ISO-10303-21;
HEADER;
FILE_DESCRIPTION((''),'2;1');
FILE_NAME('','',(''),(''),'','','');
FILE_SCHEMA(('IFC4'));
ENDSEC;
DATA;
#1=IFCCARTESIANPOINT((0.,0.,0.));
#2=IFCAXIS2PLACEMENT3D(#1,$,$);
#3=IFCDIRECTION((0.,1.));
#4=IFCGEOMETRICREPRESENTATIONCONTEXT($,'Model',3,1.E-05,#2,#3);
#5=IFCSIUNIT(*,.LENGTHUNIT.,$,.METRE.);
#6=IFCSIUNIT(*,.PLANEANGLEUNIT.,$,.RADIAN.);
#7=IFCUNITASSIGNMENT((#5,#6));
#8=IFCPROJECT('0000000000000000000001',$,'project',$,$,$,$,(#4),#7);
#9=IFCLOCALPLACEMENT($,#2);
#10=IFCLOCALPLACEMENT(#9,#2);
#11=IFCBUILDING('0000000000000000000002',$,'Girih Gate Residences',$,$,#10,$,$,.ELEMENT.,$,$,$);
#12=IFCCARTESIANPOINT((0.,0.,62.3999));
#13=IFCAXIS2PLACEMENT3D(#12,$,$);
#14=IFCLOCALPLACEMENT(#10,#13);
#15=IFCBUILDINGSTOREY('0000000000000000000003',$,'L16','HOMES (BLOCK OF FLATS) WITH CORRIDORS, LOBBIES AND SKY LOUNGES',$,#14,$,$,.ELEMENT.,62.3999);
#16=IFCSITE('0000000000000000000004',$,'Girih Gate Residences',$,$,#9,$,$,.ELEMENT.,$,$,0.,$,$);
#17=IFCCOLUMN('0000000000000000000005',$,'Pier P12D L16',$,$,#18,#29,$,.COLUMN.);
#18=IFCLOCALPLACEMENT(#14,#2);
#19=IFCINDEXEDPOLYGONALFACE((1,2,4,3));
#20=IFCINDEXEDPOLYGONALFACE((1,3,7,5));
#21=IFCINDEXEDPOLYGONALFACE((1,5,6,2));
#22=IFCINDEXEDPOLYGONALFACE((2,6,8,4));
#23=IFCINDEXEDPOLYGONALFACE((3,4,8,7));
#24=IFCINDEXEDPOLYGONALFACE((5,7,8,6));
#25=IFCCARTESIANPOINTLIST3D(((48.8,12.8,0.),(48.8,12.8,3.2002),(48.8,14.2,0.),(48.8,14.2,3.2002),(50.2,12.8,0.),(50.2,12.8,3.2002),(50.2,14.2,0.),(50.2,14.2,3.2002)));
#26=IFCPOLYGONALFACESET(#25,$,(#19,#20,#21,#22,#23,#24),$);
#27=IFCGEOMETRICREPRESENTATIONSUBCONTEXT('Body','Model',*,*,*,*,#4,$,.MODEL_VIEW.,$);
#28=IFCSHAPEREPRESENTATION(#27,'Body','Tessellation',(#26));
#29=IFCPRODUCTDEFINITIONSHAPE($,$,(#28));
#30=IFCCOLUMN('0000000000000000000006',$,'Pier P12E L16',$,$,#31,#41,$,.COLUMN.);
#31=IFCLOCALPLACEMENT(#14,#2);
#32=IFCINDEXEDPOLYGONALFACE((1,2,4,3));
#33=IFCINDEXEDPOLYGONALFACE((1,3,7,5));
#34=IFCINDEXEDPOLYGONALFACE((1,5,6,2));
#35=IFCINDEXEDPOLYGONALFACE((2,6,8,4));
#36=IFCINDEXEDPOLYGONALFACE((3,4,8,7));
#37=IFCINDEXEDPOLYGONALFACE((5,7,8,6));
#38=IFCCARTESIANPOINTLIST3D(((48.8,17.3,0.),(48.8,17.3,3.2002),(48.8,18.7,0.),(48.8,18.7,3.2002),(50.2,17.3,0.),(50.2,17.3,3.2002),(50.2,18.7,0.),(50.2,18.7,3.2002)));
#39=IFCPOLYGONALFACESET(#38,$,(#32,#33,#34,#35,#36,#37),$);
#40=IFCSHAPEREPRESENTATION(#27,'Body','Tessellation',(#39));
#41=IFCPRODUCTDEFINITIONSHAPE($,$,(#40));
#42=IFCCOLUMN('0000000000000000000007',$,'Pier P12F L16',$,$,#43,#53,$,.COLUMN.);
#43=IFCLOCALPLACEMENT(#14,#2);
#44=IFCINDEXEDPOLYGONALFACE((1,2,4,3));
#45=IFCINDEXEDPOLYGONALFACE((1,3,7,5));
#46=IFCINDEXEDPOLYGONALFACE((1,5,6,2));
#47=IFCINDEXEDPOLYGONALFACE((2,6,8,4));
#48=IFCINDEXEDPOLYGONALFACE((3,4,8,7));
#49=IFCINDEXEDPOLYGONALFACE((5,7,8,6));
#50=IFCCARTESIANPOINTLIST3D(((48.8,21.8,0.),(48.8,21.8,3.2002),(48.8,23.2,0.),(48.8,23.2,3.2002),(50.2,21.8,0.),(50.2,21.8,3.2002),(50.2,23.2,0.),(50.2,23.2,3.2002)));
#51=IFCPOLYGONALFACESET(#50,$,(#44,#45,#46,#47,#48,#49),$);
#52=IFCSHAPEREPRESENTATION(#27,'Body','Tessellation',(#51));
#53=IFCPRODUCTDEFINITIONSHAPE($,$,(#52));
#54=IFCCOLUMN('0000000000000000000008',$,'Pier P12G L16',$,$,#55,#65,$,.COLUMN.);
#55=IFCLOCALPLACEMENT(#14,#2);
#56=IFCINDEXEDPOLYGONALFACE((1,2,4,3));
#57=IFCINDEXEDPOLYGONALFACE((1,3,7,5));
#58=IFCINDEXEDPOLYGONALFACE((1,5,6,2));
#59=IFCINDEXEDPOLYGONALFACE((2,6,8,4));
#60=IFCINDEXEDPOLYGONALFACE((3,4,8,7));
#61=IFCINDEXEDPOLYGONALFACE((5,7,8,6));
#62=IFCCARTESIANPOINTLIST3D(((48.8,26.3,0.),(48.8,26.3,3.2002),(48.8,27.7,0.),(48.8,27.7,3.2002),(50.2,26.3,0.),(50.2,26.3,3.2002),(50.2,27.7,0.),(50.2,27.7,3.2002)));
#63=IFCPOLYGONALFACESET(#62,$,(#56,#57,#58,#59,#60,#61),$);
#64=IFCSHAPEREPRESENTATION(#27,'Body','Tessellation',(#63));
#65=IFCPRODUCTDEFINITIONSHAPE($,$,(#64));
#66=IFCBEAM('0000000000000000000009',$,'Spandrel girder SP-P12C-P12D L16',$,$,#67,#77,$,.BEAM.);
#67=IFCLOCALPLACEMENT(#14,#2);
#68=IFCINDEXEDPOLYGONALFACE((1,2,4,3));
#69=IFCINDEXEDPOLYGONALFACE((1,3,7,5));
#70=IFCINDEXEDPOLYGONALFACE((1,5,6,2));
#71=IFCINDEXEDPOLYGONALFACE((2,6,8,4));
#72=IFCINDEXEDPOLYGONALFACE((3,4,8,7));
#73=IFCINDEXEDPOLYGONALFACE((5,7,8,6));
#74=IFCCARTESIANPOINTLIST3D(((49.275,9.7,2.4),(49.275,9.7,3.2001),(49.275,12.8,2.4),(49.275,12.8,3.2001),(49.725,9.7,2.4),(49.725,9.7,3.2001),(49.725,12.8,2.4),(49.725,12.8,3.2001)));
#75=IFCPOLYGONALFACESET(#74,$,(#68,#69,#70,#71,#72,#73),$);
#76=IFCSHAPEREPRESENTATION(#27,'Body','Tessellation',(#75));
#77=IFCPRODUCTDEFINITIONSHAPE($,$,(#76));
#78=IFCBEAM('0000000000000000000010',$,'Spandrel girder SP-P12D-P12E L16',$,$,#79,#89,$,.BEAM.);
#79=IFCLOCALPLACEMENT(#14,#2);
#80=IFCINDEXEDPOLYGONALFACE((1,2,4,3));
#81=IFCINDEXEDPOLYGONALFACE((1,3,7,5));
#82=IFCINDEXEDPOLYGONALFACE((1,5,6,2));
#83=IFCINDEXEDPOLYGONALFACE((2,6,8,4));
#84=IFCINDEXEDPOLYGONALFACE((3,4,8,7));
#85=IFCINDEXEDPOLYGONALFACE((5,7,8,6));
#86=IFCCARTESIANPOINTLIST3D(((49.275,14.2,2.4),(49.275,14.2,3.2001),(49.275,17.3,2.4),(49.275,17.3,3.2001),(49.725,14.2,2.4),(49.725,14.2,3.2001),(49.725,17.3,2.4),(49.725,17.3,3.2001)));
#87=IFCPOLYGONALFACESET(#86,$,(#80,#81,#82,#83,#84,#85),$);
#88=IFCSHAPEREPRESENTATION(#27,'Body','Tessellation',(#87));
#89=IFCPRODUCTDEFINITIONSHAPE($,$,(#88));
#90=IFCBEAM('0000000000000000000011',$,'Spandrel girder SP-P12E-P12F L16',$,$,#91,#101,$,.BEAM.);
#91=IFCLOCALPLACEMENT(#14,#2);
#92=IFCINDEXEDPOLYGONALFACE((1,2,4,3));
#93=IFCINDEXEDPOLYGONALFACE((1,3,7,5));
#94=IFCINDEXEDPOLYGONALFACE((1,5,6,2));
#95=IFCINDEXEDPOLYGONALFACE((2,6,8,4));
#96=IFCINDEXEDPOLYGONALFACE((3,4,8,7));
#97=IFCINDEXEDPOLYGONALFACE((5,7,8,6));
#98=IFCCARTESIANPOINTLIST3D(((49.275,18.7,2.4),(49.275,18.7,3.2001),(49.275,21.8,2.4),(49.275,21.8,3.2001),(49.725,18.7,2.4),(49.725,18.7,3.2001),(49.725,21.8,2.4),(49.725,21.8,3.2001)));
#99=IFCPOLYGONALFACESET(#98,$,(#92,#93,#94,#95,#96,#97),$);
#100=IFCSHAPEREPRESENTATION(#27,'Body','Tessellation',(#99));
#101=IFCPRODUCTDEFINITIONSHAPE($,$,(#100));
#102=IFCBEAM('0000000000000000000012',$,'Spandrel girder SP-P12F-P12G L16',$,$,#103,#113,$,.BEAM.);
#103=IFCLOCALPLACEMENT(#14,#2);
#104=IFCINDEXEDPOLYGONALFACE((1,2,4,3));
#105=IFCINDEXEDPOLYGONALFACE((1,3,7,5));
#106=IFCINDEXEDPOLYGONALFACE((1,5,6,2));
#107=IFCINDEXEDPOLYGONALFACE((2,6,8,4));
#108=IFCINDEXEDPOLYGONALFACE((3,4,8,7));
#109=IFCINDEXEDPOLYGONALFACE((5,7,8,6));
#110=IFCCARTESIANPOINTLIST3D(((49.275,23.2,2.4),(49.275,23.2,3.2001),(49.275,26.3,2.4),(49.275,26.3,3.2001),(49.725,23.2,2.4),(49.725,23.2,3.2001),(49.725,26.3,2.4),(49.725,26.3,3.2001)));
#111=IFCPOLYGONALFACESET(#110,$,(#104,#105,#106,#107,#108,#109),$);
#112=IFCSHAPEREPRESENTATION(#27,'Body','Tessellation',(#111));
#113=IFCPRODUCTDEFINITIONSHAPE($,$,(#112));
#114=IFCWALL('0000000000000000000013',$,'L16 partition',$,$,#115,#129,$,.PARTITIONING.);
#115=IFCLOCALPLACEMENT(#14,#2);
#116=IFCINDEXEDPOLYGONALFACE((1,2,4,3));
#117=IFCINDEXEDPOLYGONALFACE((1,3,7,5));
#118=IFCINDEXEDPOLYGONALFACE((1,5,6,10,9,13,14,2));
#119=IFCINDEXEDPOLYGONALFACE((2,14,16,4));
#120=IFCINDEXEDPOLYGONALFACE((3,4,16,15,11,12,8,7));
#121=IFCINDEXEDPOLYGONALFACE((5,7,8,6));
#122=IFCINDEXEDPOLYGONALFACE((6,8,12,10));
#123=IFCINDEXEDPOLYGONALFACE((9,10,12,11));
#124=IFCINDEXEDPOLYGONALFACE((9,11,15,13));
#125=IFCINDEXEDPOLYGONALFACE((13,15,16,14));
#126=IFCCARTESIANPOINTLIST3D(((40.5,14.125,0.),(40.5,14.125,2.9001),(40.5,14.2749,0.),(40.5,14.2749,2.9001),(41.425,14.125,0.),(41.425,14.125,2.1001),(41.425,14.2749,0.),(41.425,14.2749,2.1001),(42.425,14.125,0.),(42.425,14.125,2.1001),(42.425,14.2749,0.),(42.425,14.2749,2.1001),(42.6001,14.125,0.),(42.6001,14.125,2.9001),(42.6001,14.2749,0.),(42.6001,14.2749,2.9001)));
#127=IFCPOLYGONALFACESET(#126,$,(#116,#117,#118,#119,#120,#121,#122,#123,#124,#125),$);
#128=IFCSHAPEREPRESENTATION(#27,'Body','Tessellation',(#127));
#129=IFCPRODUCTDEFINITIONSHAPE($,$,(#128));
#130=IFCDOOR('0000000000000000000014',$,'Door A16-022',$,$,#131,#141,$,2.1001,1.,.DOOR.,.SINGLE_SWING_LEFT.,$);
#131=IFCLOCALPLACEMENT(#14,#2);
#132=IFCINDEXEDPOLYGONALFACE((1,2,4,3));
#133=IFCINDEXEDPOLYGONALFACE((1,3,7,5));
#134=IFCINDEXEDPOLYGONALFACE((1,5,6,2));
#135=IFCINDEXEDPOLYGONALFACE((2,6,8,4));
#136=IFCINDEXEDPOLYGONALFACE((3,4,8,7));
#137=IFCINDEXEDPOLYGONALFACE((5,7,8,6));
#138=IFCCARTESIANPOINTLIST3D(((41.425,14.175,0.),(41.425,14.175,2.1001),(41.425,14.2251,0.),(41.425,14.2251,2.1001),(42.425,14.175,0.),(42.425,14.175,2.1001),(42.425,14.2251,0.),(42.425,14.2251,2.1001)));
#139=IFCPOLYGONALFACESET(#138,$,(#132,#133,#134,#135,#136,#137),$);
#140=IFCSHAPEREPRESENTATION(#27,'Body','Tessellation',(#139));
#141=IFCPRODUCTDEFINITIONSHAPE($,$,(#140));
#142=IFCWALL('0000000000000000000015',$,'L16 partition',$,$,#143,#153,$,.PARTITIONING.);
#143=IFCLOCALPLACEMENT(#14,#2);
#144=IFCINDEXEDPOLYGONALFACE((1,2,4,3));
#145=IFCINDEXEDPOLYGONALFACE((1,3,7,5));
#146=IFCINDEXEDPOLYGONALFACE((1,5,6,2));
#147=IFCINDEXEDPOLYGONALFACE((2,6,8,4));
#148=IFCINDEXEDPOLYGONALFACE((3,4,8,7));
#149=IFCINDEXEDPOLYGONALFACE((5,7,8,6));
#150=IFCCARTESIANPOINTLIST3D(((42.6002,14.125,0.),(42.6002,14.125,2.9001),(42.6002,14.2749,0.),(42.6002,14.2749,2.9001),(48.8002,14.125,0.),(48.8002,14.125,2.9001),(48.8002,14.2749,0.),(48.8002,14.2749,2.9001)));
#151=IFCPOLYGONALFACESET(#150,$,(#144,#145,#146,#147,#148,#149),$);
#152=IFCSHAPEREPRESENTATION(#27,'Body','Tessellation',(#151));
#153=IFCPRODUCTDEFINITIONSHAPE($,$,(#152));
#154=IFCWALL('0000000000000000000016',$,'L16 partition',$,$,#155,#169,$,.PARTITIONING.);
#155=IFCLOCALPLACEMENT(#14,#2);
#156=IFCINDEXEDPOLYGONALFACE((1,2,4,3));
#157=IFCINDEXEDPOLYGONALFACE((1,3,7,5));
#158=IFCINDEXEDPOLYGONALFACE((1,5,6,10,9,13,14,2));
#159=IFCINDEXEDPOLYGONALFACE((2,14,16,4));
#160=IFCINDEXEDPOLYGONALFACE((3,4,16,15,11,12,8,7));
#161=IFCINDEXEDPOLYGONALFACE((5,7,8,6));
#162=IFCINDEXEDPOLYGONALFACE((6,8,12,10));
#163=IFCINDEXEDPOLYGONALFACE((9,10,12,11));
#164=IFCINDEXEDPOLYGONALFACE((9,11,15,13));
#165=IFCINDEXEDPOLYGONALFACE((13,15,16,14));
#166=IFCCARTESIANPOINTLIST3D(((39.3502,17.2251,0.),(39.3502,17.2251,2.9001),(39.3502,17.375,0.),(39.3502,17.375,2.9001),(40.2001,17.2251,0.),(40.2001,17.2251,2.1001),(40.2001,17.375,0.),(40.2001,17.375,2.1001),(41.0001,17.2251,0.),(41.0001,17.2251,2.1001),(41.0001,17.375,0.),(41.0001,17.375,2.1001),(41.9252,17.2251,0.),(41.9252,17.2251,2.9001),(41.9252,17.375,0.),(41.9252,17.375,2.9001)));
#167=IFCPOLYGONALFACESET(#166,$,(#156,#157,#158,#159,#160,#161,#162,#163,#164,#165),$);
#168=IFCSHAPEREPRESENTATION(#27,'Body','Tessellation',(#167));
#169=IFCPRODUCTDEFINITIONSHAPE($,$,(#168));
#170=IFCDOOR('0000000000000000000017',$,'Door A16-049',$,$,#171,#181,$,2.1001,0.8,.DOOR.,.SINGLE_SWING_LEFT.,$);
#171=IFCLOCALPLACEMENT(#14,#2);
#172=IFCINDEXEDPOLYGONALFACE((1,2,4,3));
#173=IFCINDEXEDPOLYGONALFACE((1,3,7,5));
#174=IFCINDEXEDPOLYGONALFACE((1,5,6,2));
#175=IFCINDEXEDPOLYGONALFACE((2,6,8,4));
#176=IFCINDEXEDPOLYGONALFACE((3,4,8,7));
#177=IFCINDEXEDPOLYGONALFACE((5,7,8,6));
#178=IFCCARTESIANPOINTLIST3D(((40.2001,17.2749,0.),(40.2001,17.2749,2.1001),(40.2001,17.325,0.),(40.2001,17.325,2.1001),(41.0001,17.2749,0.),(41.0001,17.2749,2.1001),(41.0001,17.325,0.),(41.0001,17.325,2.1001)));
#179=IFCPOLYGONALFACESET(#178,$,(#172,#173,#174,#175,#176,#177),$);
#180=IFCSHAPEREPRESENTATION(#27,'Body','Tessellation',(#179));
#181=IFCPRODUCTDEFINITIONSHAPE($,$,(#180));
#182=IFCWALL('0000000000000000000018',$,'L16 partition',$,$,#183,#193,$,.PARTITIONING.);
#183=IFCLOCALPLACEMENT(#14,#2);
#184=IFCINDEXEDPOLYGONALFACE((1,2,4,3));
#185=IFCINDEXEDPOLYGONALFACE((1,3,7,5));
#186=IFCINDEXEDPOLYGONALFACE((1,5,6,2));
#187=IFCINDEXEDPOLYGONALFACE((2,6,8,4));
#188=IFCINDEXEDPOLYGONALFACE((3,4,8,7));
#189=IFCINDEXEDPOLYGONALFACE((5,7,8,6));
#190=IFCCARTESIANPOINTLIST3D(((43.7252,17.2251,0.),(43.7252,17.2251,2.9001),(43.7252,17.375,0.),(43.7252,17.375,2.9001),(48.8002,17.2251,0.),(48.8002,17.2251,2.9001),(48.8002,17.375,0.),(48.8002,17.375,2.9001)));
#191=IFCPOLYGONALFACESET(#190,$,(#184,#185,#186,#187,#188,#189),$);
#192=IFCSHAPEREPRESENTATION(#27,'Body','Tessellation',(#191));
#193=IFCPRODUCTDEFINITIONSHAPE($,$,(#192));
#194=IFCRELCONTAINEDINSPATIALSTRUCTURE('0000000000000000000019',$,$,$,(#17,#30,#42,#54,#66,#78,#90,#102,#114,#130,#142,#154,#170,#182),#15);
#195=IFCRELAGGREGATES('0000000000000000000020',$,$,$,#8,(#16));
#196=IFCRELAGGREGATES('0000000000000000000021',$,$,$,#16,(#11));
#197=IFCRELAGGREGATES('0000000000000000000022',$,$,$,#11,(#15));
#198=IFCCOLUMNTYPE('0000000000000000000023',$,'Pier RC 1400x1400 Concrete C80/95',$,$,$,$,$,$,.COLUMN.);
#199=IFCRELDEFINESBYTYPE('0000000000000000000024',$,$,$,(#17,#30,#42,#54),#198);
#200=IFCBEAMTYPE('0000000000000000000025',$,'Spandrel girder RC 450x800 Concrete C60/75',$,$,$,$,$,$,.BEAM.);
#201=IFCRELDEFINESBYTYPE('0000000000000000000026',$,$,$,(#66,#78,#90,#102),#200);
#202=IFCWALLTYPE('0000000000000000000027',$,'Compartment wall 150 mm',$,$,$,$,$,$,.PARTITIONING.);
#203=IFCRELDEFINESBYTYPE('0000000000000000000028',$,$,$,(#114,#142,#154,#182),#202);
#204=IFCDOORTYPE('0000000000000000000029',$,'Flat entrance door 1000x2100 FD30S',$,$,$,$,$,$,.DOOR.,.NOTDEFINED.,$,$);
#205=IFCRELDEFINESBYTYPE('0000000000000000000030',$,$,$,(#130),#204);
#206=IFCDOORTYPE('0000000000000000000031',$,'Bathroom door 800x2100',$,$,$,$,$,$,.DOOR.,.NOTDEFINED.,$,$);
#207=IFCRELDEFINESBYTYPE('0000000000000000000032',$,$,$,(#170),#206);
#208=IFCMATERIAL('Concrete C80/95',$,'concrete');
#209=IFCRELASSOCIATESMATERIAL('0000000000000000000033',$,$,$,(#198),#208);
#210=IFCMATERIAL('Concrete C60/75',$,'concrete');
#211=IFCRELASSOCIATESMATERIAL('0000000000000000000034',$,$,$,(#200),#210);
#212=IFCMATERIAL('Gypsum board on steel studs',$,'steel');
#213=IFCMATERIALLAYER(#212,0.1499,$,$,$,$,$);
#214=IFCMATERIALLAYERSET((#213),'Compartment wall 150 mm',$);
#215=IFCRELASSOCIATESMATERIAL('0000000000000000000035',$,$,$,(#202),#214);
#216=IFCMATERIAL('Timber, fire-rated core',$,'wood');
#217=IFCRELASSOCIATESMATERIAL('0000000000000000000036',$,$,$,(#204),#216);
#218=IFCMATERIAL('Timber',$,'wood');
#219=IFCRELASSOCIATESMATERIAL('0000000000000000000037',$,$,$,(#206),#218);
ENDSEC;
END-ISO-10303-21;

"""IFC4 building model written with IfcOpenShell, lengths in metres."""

from ifc_helpers import new_model, si_unit, direction, frame, frame_2d, origin, origin_2d, place, context, subcontext, project, spatial, rectangle, extrude, material, layer, layer_set, material_profile, profile_set, type_object, element, fill, save


model = new_model("IFC4")

# Units and contexts
model_context = context("Model", 3, precision=1e-05, world=origin(), true_north=direction((0.0, 1.0)))
body_context = subcontext(model_context, "Body", "Model", "MODEL_VIEW")
ifc_project = project(units=[si_unit("LENGTHUNIT", "METRE"), si_unit("PLANEANGLEUNIT", "RADIAN")], contexts=[model_context])

# Site, building, storey
site_placement = place(None, origin())
site = spatial("IfcSite", under=ifc_project, at=site_placement, Name="Girih Gate Residences", CompositionType="ELEMENT", RefElevation=0.0)
building_placement = place(site_placement, origin())
building = spatial("IfcBuilding", under=site, at=building_placement, Name="Girih Gate Residences", CompositionType="ELEMENT")
storey_placement = place(building_placement, frame((0.0, 0.0, 62.3999)))
storey = spatial("IfcBuildingStorey", under=building, at=storey_placement, Name="L16", Description="HOMES (BLOCK OF FLATS) WITH CORRIDORS, LOBBIES AND SKY LOUNGES", CompositionType="ELEMENT", Elevation=62.3999)

# Columns
ifc_material_1 = material(Name="Concrete C80/95", Category="concrete")
ifc_material_profile_1 = material_profile(ifc_material_1, rectangle(XDim=1.3999, YDim=1.3999, at=origin_2d()))
ifc_profile_set_1 = profile_set([ifc_material_profile_1], Name="Concrete C80/95")
column_type = type_object("IfcColumnType", Name="Pier RC 1400x1400 Concrete C80/95", PredefinedType="COLUMN", material=ifc_profile_set_1)
for number, where, z_axis, x_axis, name in (
    (1, (49.5, 13.5, 0.0), (0.0, 0.0, 1.0), (1.0, 0.0, 0.0), "Pier P12D L16"),
    (2, (49.5, 18.0, 0.0), (0.0, 0.0, 1.0), (1.0, 0.0, 0.0), "Pier P12E L16"),
    (3, (49.5, 22.5, 0.0), (0.0, 0.0, 1.0), (1.0, 0.0, 0.0), "Pier P12F L16"),
    (4, (49.5, 27.0, 0.0), (0.0, 0.0, 1.0), (1.0, 0.0, 0.0), "Pier P12G L16"),
):
    element("IfcColumn", number, at=place(storey_placement, frame(where, z_axis=z_axis, x_axis=x_axis)), inside=storey, type_object=column_type, Name=name, PredefinedType="COLUMN", context=body_context, shape_type="SweptSolid", body=[
        extrude(rectangle(XDim=1.3999, YDim=1.3999, at=origin_2d()), origin(), (0.0, 0.0, 1.0), 3.2002),
    ])

# Beams
ifc_material_2 = material(Name="Concrete C60/75", Category="concrete")
ifc_material_profile_2 = material_profile(ifc_material_2, rectangle(XDim=0.45, YDim=0.8, at=origin_2d()))
ifc_profile_set_2 = profile_set([ifc_material_profile_2], Name="Concrete C60/75")
beam_type = type_object("IfcBeamType", Name="Spandrel girder RC 450x800 Concrete C60/75", PredefinedType="BEAM", material=ifc_profile_set_2)
for number, where, z_axis, x_axis, name in (
    (5, (49.5, 9.7, 2.8), (0.0, 1.0, 0.0), (-1.0, 0.0, 0.0), "Spandrel girder SP-P12C-P12D L16"),
    (6, (49.5, 14.2, 2.8), (0.0, 1.0, 0.0), (-1.0, 0.0, 0.0), "Spandrel girder SP-P12D-P12E L16"),
    (7, (49.5, 18.7, 2.8), (0.0, 1.0, 0.0), (-1.0, 0.0, 0.0), "Spandrel girder SP-P12E-P12F L16"),
    (8, (49.5, 23.2, 2.8), (0.0, 1.0, 0.0), (-1.0, 0.0, 0.0), "Spandrel girder SP-P12F-P12G L16"),
):
    element("IfcBeam", number, at=place(storey_placement, frame(where, z_axis=z_axis, x_axis=x_axis)), inside=storey, type_object=beam_type, Name=name, PredefinedType="BEAM", context=body_context, shape_type="SweptSolid", body=[
        extrude(rectangle(XDim=0.45, YDim=0.8, at=origin_2d()), origin(), (0.0, 0.0, 1.0), 3.1001),
    ])

# Wall, opening, door
ifc_material_3 = material(Name="Gypsum board on steel studs", Category="steel")
ifc_layer_1 = layer(ifc_material_3, 0.1499)
ifc_layer_set_1 = layer_set([ifc_layer_1], Name="Compartment wall 150 mm")
wall_type_1 = type_object("IfcWallType", Name="Compartment wall 150 mm", PredefinedType="PARTITIONING", material=ifc_layer_set_1)
wall_1_placement = place(storey_placement, frame((42.6001, 14.2, 0.0), z_axis=(0.0, 0.0, 1.0), x_axis=(-1.0, 0.0, 0.0)))
wall_1 = element("IfcWall", 9, at=wall_1_placement, inside=storey, type_object=wall_type_1, Name="L16 partition", PredefinedType="PARTITIONING", context=body_context, shape_type="SweptSolid", body=[
    extrude(rectangle(XDim=2.1001, YDim=0.1499, at=frame_2d((1.05, 0.0))), origin(), (0.0, 0.0, 1.0), 2.9001),
])
opening_1_placement = place(wall_1_placement, frame((0.175, 0.0, 0.0)))
opening_1 = element("IfcOpeningElement", 10, at=opening_1_placement, cuts=wall_1, PredefinedType="OPENING", context=body_context, shape_type="SweptSolid", body=[
    extrude(rectangle(XDim=1.0, YDim=2.1001, at=frame_2d((0.5, 1.05))), frame((0.0, 0.085, 0.0), z_axis=(0.0, -1.0, 0.0), x_axis=(1.0, 0.0, 0.0)), (0.0, 0.0, 1.0), 0.1699),
])
ifc_material_4 = material(Name="Timber, fire-rated core", Category="wood")
door_type_1 = type_object("IfcDoorType", Name="Flat entrance door 1000x2100 FD30S", OperationType="NOTDEFINED", PredefinedType="DOOR", material=ifc_material_4)
door_1_placement = place(opening_1_placement, origin())
door_1 = element("IfcDoor", 11, at=door_1_placement, inside=storey, type_object=door_type_1, Name="Door A16-022", OperationType="SINGLE_SWING_LEFT", OverallHeight=2.1001, OverallWidth=1.0, PredefinedType="DOOR", context=body_context, shape_type="SweptSolid", body=[
    extrude(rectangle(XDim=1.0, YDim=2.1001, at=frame_2d((0.5, 1.05))), frame((0.0, 0.0249, 0.0), z_axis=(0.0, -1.0, 0.0), x_axis=(1.0, 0.0, 0.0)), (0.0, 0.0, 1.0), 0.05),
])
fill(opening_1, door_1)

# Wall
wall_2_placement = place(storey_placement, frame((42.6001, 14.2, 0.0), z_axis=(0.0, 0.0, 1.0), x_axis=(1.0, 0.0, 0.0)))
element("IfcWall", 12, at=wall_2_placement, inside=storey, type_object=wall_type_1, Name="L16 partition", PredefinedType="PARTITIONING", context=body_context, shape_type="SweptSolid", body=[
    extrude(rectangle(XDim=6.2, YDim=0.1499, at=frame_2d((3.1001, 0.0))), origin(), (0.0, 0.0, 1.0), 2.9001),
])

# Wall, opening, door
wall_3_placement = place(storey_placement, frame((39.3501, 17.3, 0.0), z_axis=(0.0, 0.0, 1.0), x_axis=(1.0, 0.0, 0.0)))
wall_3 = element("IfcWall", 13, at=wall_3_placement, inside=storey, type_object=wall_type_1, Name="L16 partition", PredefinedType="PARTITIONING", context=body_context, shape_type="SweptSolid", body=[
    extrude(rectangle(XDim=2.575, YDim=0.1499, at=frame_2d((1.2876, 0.0))), origin(), (0.0, 0.0, 1.0), 2.9001),
])
opening_2_placement = place(wall_3_placement, frame((0.8501, 0.0, 0.0)))
opening_2 = element("IfcOpeningElement", 14, at=opening_2_placement, cuts=wall_3, PredefinedType="OPENING", context=body_context, shape_type="SweptSolid", body=[
    extrude(rectangle(XDim=0.8, YDim=2.1001, at=frame_2d((0.3999, 1.05))), frame((0.0, 0.085, 0.0), z_axis=(0.0, -1.0, 0.0), x_axis=(1.0, 0.0, 0.0)), (0.0, 0.0, 1.0), 0.1699),
])
ifc_material_5 = material(Name="Timber", Category="wood")
door_type_2 = type_object("IfcDoorType", Name="Bathroom door 800x2100", OperationType="NOTDEFINED", PredefinedType="DOOR", material=ifc_material_5)
door_2_placement = place(opening_2_placement, origin())
door_2 = element("IfcDoor", 15, at=door_2_placement, inside=storey, type_object=door_type_2, Name="Door A16-049", OperationType="SINGLE_SWING_LEFT", OverallHeight=2.1001, OverallWidth=0.8, PredefinedType="DOOR", context=body_context, shape_type="SweptSolid", body=[
    extrude(rectangle(XDim=0.8, YDim=2.1001, at=frame_2d((0.3999, 1.05))), frame((0.0, 0.0249, 0.0), z_axis=(0.0, -1.0, 0.0), x_axis=(1.0, 0.0, 0.0)), (0.0, 0.0, 1.0), 0.05),
])
fill(opening_2, door_2)

# Wall
for number, where, z_axis, x_axis, name in (
    (16, (43.7251, 17.3, 0.0), (0.0, 0.0, 1.0), (1.0, 0.0, 0.0), "L16 partition"),
):
    element("IfcWall", number, at=place(storey_placement, frame(where, z_axis=z_axis, x_axis=x_axis)), inside=storey, type_object=wall_type_1, Name=name, PredefinedType="PARTITIONING", context=body_context, shape_type="SweptSolid", body=[
        extrude(rectangle(XDim=5.075, YDim=0.1499, at=frame_2d((2.5376, 0.0))), origin(), (0.0, 0.0, 1.0), 2.9001),
    ])

save(model, "model.ifc")
